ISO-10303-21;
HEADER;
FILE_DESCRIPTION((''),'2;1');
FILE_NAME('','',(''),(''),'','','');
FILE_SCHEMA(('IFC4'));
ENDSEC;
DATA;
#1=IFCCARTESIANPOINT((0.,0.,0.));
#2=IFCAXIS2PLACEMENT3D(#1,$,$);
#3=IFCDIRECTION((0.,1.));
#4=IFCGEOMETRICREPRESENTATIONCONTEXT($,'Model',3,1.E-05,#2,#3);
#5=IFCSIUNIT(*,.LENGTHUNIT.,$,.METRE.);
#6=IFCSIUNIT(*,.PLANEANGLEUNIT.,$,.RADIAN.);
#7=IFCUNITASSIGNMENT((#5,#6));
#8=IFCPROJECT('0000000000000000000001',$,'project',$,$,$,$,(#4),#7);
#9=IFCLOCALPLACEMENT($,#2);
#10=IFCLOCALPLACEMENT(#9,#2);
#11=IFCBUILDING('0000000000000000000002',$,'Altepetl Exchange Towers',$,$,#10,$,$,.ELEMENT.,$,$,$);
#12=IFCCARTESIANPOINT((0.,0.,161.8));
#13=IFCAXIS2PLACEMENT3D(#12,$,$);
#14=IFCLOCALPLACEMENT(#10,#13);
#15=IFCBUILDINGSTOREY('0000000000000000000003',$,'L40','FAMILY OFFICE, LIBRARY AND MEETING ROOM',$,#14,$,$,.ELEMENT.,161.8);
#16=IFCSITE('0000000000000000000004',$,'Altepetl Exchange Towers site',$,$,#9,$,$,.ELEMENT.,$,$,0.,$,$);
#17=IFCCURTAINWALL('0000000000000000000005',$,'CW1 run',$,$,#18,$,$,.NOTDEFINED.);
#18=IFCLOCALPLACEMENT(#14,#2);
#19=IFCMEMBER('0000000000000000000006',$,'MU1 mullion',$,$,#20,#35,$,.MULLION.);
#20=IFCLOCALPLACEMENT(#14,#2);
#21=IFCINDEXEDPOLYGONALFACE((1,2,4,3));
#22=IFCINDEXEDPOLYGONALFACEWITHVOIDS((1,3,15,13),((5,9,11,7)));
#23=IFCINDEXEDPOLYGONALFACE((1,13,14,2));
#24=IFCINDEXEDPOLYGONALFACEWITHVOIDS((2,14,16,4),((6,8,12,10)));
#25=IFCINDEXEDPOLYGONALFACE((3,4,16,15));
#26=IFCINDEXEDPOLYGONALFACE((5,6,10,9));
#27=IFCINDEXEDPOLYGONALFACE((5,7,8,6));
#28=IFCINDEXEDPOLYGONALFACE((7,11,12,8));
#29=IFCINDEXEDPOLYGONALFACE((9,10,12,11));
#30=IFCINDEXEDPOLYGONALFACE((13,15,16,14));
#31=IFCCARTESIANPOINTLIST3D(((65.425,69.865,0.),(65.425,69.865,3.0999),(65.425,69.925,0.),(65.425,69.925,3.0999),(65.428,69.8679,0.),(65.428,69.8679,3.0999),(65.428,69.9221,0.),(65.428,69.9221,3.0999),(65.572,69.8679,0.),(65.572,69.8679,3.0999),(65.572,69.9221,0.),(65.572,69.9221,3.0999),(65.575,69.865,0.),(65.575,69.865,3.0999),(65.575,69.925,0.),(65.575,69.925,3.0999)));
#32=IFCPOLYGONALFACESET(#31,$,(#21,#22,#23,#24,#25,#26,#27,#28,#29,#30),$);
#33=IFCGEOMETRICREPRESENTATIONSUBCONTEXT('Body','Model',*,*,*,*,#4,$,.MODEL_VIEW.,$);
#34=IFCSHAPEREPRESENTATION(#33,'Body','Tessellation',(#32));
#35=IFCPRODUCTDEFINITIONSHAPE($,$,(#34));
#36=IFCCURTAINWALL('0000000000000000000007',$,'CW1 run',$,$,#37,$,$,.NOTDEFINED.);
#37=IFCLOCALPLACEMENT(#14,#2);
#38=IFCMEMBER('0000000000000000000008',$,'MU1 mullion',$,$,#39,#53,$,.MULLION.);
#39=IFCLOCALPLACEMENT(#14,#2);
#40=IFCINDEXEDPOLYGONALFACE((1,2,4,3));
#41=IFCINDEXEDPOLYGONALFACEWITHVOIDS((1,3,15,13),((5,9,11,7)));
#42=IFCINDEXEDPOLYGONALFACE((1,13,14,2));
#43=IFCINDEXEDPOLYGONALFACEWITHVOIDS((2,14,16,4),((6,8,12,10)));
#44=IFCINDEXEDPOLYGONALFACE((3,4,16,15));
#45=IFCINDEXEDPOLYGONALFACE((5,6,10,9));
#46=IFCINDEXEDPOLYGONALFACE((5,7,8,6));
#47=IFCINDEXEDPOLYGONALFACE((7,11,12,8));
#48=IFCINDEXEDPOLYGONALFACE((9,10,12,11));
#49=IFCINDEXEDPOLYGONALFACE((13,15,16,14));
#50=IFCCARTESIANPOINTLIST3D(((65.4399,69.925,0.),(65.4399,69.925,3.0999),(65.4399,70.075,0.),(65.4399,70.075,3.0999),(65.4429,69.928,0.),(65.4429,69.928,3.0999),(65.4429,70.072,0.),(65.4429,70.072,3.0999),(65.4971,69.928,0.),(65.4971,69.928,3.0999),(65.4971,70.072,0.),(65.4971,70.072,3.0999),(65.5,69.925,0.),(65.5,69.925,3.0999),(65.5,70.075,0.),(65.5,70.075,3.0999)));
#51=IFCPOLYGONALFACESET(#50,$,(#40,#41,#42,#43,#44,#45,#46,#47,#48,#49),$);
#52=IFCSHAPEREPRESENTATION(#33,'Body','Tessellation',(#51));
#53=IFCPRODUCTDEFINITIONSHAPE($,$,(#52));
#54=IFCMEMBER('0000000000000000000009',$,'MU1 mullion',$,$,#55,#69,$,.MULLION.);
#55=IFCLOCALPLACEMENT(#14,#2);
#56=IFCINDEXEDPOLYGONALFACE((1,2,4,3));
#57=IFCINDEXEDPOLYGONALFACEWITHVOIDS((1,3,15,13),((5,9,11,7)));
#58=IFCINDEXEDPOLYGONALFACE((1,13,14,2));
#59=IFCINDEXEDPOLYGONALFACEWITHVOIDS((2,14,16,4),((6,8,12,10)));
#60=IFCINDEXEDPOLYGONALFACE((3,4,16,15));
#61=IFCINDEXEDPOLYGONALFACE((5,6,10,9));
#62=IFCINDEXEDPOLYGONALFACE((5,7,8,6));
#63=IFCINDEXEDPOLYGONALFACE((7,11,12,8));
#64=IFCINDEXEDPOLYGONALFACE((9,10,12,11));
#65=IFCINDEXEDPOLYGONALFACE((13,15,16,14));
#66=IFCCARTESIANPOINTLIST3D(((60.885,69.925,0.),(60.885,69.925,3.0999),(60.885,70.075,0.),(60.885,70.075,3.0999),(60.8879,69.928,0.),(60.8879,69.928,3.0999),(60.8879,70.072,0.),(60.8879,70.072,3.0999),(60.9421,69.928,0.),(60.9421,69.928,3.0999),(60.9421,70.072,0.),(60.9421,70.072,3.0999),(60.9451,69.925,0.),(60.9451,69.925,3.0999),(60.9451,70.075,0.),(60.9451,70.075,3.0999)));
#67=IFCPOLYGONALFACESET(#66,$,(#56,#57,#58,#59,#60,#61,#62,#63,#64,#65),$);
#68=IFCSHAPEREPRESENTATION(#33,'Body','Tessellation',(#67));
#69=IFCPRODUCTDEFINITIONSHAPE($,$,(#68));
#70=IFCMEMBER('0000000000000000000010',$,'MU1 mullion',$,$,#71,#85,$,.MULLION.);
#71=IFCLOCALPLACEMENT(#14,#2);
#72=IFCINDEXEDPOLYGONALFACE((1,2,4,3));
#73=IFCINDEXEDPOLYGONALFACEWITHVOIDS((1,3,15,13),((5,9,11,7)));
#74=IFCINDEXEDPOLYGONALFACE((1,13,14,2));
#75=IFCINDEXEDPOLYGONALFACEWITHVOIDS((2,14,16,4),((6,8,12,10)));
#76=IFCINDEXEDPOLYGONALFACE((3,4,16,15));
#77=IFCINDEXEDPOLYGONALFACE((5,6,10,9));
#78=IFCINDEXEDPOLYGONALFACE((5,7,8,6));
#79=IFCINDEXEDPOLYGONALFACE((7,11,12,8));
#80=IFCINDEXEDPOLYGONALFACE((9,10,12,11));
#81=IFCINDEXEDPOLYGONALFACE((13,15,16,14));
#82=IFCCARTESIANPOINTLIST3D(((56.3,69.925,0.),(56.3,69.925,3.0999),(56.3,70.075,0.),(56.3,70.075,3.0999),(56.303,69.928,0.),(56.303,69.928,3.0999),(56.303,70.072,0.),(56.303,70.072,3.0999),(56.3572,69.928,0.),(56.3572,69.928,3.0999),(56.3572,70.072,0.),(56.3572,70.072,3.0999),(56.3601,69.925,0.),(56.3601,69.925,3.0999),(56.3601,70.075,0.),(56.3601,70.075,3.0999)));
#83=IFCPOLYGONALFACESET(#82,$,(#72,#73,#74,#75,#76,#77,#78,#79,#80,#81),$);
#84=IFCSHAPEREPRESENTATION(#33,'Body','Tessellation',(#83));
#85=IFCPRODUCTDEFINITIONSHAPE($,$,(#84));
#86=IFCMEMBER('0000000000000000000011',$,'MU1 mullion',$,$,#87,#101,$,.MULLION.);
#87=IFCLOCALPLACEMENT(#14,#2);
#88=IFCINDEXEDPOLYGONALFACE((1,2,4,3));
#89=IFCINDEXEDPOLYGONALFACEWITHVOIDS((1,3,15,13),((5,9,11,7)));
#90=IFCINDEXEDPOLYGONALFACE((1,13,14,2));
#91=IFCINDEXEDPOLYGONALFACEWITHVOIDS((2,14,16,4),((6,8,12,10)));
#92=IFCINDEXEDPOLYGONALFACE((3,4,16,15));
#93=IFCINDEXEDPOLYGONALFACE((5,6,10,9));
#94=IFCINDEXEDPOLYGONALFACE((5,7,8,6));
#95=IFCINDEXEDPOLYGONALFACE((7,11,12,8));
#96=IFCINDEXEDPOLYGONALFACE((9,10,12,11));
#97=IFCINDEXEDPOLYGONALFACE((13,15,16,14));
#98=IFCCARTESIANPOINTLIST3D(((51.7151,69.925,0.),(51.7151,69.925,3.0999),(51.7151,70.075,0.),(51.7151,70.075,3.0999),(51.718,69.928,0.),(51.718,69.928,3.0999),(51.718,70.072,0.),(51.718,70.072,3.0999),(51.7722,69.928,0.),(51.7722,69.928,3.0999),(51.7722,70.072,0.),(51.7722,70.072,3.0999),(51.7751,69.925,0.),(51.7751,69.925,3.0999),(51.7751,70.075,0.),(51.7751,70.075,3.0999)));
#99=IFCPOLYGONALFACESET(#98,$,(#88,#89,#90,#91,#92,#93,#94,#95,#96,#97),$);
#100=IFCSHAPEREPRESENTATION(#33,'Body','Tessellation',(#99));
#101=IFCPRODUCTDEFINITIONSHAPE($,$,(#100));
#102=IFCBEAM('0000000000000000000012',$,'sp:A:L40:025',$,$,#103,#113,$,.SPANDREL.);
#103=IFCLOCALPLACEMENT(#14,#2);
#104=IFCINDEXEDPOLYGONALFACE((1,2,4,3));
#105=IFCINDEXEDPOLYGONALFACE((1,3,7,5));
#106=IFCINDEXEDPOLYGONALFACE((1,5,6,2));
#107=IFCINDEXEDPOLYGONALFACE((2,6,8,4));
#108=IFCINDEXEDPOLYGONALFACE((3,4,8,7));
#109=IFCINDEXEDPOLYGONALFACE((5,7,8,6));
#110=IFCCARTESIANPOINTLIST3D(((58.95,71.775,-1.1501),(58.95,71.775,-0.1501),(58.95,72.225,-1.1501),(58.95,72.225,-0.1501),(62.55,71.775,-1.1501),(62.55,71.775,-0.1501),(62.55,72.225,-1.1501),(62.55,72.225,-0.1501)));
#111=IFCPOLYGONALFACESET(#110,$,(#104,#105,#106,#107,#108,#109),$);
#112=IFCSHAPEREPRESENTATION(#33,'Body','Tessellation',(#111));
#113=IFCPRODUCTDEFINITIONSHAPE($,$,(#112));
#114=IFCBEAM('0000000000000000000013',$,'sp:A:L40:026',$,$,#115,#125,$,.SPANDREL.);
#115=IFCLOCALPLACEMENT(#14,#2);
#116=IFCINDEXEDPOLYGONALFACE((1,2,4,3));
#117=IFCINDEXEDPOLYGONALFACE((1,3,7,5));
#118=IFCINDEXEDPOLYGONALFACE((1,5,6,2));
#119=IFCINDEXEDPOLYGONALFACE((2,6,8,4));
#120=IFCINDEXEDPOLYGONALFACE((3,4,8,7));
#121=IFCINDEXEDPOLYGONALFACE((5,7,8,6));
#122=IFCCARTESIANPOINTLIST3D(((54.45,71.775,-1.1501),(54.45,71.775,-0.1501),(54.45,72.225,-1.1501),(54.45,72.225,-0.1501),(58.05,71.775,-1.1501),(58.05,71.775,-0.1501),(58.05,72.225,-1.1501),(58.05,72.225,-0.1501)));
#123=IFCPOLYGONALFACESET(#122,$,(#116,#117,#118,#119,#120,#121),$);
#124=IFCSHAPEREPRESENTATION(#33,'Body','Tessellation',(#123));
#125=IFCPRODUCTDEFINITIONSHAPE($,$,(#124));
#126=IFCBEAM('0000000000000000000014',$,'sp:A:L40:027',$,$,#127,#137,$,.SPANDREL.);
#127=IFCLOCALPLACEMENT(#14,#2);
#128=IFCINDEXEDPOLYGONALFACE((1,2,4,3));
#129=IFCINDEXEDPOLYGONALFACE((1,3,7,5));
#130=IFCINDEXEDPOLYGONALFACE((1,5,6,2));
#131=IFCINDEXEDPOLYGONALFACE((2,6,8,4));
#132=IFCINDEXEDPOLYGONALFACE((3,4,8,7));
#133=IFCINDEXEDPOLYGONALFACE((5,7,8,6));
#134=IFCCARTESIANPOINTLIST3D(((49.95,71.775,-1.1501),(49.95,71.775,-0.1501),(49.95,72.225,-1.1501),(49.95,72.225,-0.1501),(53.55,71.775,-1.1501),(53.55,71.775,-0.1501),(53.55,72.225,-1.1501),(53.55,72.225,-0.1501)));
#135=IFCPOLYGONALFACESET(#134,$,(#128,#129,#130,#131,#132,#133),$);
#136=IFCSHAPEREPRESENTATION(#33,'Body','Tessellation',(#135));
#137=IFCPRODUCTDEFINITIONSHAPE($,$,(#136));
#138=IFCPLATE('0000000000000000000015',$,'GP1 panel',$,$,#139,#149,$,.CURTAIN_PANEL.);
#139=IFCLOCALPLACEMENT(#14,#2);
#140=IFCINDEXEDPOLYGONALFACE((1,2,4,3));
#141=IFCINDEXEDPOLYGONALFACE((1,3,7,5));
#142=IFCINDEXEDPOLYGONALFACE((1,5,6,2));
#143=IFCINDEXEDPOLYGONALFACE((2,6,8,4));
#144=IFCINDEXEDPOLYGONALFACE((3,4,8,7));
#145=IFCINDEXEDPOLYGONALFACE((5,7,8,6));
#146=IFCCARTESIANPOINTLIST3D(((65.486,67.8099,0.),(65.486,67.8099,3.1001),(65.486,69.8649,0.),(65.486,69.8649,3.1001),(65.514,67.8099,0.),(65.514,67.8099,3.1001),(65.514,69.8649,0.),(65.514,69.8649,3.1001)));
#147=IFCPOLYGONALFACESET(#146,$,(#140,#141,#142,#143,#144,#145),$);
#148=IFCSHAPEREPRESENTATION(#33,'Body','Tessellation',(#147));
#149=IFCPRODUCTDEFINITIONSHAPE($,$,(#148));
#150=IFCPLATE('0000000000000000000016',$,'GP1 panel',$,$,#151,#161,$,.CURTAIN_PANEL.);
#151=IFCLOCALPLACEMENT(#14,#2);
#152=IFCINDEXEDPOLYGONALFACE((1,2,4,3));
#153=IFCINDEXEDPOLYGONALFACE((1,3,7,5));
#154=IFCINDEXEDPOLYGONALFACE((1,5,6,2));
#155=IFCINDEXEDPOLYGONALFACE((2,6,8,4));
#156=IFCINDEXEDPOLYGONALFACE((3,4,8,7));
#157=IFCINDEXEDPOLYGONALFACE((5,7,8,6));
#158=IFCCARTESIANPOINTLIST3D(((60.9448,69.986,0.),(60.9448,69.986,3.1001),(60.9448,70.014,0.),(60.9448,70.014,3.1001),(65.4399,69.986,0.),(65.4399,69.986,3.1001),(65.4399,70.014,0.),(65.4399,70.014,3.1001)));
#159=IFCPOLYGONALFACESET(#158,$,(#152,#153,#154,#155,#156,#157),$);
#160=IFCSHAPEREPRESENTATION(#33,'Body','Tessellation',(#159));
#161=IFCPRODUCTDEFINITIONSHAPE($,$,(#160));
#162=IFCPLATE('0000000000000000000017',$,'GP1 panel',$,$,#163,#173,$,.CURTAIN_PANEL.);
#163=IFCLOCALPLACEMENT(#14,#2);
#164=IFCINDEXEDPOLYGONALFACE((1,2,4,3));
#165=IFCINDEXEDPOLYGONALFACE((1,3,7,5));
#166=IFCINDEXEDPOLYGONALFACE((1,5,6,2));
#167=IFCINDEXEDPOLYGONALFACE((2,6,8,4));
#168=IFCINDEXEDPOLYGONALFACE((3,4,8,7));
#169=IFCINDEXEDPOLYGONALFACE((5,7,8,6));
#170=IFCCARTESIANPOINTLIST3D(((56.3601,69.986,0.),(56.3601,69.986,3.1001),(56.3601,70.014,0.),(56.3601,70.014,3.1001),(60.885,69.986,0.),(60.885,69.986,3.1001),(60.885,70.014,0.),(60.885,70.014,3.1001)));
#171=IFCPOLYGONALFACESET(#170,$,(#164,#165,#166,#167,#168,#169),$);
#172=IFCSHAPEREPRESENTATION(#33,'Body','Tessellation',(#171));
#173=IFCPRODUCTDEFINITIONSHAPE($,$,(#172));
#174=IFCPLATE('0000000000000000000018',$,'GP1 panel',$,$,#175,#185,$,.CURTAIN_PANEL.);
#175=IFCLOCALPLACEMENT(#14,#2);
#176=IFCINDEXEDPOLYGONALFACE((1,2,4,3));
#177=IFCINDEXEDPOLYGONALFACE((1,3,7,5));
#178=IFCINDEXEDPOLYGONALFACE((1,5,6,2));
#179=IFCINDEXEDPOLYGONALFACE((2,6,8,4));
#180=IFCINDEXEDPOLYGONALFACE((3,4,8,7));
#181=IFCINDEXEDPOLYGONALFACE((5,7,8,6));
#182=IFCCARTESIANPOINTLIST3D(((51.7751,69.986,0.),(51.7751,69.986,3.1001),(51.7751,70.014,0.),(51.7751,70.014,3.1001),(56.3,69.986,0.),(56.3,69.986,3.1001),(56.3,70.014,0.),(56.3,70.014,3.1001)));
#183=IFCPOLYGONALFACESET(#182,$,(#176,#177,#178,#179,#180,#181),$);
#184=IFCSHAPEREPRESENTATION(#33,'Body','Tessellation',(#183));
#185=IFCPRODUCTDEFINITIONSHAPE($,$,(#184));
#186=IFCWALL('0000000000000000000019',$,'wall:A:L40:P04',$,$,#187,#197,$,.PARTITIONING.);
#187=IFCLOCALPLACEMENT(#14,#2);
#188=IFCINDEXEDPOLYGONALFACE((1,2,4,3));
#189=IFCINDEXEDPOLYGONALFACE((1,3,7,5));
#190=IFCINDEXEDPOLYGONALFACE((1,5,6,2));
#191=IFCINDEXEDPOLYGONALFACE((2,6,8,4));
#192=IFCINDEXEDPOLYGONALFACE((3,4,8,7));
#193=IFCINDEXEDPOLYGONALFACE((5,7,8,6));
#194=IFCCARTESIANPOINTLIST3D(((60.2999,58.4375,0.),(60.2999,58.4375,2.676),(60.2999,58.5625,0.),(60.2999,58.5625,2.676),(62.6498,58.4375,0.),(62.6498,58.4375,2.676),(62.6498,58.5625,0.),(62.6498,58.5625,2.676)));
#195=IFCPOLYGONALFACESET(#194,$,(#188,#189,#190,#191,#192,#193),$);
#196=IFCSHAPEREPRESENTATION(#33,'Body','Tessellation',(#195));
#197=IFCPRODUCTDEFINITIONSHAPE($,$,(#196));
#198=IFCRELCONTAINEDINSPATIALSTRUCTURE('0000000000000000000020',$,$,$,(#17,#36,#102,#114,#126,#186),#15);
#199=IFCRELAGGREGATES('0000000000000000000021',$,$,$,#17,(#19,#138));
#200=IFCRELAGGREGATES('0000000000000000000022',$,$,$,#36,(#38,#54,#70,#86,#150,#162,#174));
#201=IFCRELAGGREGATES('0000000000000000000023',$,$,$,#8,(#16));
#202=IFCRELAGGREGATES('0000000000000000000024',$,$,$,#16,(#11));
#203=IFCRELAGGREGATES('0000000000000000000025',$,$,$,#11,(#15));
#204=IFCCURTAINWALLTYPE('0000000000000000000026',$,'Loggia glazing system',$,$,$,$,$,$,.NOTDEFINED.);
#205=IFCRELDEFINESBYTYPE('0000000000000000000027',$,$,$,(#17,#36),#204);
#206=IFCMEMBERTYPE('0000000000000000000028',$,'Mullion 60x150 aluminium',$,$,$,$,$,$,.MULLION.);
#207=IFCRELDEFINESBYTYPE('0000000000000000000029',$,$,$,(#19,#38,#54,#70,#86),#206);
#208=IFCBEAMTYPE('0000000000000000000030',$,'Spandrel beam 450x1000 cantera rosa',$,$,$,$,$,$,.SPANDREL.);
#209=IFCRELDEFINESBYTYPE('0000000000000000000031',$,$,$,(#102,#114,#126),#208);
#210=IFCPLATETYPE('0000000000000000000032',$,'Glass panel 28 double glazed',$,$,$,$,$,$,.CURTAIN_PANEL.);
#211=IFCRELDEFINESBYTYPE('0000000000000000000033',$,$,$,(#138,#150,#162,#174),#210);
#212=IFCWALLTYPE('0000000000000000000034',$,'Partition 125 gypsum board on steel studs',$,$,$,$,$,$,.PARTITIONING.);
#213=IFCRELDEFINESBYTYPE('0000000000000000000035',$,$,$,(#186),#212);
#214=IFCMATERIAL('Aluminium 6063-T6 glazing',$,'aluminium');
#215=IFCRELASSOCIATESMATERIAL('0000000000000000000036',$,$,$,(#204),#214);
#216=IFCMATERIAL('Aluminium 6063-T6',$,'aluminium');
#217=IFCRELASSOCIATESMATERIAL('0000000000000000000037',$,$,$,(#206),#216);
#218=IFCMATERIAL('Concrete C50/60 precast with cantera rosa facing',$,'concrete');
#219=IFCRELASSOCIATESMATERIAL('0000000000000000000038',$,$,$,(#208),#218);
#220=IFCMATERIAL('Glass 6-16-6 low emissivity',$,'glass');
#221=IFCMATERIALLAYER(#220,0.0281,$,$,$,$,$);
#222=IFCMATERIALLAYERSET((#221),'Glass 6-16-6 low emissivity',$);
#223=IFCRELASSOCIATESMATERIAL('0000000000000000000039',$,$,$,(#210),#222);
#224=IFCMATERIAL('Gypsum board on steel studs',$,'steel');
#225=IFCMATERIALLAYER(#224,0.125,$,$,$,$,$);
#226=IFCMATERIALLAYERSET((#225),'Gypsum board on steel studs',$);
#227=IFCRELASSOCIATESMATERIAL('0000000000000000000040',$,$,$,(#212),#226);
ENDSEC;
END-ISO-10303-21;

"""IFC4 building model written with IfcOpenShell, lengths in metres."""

from ifc_helpers import new_model, si_unit, direction, frame, frame_2d, origin, origin_2d, place, context, subcontext, project, spatial, rectangle, hollow_rectangle, extrude, material, layer, layer_set, material_profile, profile_set, type_object, element, aggregate, save


model = new_model("IFC4")

# Units and contexts
model_context = context("Model", 3, precision=1e-05, world=origin(), true_north=direction((0.0, 1.0)))
body_context = subcontext(model_context, "Body", "Model", "MODEL_VIEW")
ifc_project = project(units=[si_unit("LENGTHUNIT", "METRE"), si_unit("PLANEANGLEUNIT", "RADIAN")], contexts=[model_context])

# Site, building, storey
site_placement = place(None, origin())
site = spatial("IfcSite", under=ifc_project, at=site_placement, Name="Altepetl Exchange Towers site", CompositionType="ELEMENT", RefElevation=0.0)
building_placement = place(site_placement, origin())
building = spatial("IfcBuilding", under=site, at=building_placement, Name="Altepetl Exchange Towers", CompositionType="ELEMENT")
storey_placement = place(building_placement, frame((0.0, 0.0, 161.8)))
storey = spatial("IfcBuildingStorey", under=building, at=storey_placement, Name="L40", Description="FAMILY OFFICE, LIBRARY AND MEETING ROOM", CompositionType="ELEMENT", Elevation=161.8)

# Shared definitions
ifc_material_1 = material(Name="Aluminium 6063-T6 glazing", Category="aluminium")
curtain_wall_type = type_object("IfcCurtainWallType", Name="Loggia glazing system", PredefinedType="NOTDEFINED", material=ifc_material_1)
ifc_material_2 = material(Name="Aluminium 6063-T6", Category="aluminium")
ifc_material_profile_1 = material_profile(ifc_material_2, hollow_rectangle(XDim=0.0601, YDim=0.1499, WallThickness=0.0029, at=origin_2d()), Name="Mullion 60x150 aluminium")
ifc_profile_set_1 = profile_set([ifc_material_profile_1], Name="Aluminium 6063-T6")
member_type = type_object("IfcMemberType", Name="Mullion 60x150 aluminium", PredefinedType="MULLION", material=ifc_profile_set_1)

# Curtain walls, members
curtain_wall_1_placement = place(storey_placement, origin())
curtain_wall_1 = element("IfcCurtainWall", 1, at=curtain_wall_1_placement, inside=storey, type_object=curtain_wall_type, Name="CW1 run", PredefinedType="NOTDEFINED")
member_1_placement = place(storey_placement, frame((65.5, 69.895, 0.0), z_axis=(0.0, 0.0, 1.0), x_axis=(0.0, 1.0, 0.0)))
member_1 = element("IfcMember", 2, at=member_1_placement, type_object=member_type, Name="MU1 mullion", PredefinedType="MULLION", context=body_context, shape_type="SweptSolid", body=[
    extrude(hollow_rectangle(XDim=0.0601, YDim=0.1499, WallThickness=0.0029, at=origin_2d()), origin(), (0.0, 0.0, 1.0), 3.0999),
])
curtain_wall_2_placement = place(storey_placement, origin())
curtain_wall_2 = element("IfcCurtainWall", 3, at=curtain_wall_2_placement, inside=storey, type_object=curtain_wall_type, Name="CW1 run", PredefinedType="NOTDEFINED")
member_2_placement = place(storey_placement, frame((65.47, 70.0, 0.0), z_axis=(0.0, 0.0, 1.0), x_axis=(-1.0, 0.0, 0.0)))
member_2 = element("IfcMember", 4, at=member_2_placement, type_object=member_type, Name="MU1 mullion", PredefinedType="MULLION", context=body_context, shape_type="SweptSolid", body=[
    extrude(hollow_rectangle(XDim=0.0601, YDim=0.1499, WallThickness=0.0029, at=origin_2d()), origin(), (0.0, 0.0, 1.0), 3.0999),
])
member_3_placement = place(storey_placement, frame((60.915, 70.0, 0.0), z_axis=(0.0, 0.0, 1.0), x_axis=(-1.0, 0.0, 0.0)))
member_3 = element("IfcMember", 5, at=member_3_placement, type_object=member_type, Name="MU1 mullion", PredefinedType="MULLION", context=body_context, shape_type="SweptSolid", body=[
    extrude(hollow_rectangle(XDim=0.0601, YDim=0.1499, WallThickness=0.0029, at=origin_2d()), origin(), (0.0, 0.0, 1.0), 3.0999),
])
member_4_placement = place(storey_placement, frame((56.3301, 70.0, 0.0), z_axis=(0.0, 0.0, 1.0), x_axis=(-1.0, 0.0, 0.0)))
member_4 = element("IfcMember", 6, at=member_4_placement, type_object=member_type, Name="MU1 mullion", PredefinedType="MULLION", context=body_context, shape_type="SweptSolid", body=[
    extrude(hollow_rectangle(XDim=0.0601, YDim=0.1499, WallThickness=0.0029, at=origin_2d()), origin(), (0.0, 0.0, 1.0), 3.0999),
])
member_5_placement = place(storey_placement, frame((51.7451, 70.0, 0.0), z_axis=(0.0, 0.0, 1.0), x_axis=(-1.0, 0.0, 0.0)))
member_5 = element("IfcMember", 7, at=member_5_placement, type_object=member_type, Name="MU1 mullion", PredefinedType="MULLION", context=body_context, shape_type="SweptSolid", body=[
    extrude(hollow_rectangle(XDim=0.0601, YDim=0.1499, WallThickness=0.0029, at=origin_2d()), origin(), (0.0, 0.0, 1.0), 3.0999),
])

# Beams
ifc_material_3 = material(Name="Concrete C50/60 precast with cantera rosa facing", Category="concrete")
ifc_material_profile_2 = material_profile(ifc_material_3, rectangle(XDim=0.45, YDim=1.0, at=origin_2d()), Name="450 x 1000")
ifc_profile_set_2 = profile_set([ifc_material_profile_2], Name="Concrete C50/60 precast with cantera rosa facing")
beam_type_1 = type_object("IfcBeamType", Name="Spandrel beam 450x1000 cantera rosa", PredefinedType="SPANDREL", material=ifc_profile_set_2)
for number, where, z_axis, x_axis, name in (
    (8, (62.55, 72.0, -0.6501), (-1.0, 0.0, 0.0), (0.0, -1.0, 0.0), "sp:A:L40:025"),
    (9, (58.05, 72.0, -0.6501), (-1.0, 0.0, 0.0), (0.0, -1.0, 0.0), "sp:A:L40:026"),
    (10, (53.55, 72.0, -0.6501), (-1.0, 0.0, 0.0), (0.0, -1.0, 0.0), "sp:A:L40:027"),
):
    element("IfcBeam", number, at=place(storey_placement, frame(where, z_axis=z_axis, x_axis=x_axis)), inside=storey, type_object=beam_type_1, Name=name, PredefinedType="SPANDREL", context=body_context, shape_type="SweptSolid", body=[
        extrude(rectangle(XDim=0.45, YDim=1.0, at=origin_2d()), origin(), (0.0, 0.0, 1.0), 3.6001),
    ])

# Plates
ifc_material_4 = material(Name="Glass 6-16-6 low emissivity", Category="glass")
ifc_layer_1 = layer(ifc_material_4, 0.0281)
ifc_layer_set_1 = layer_set([ifc_layer_1], Name="Glass 6-16-6 low emissivity")
plate_type = type_object("IfcPlateType", Name="Glass panel 28 double glazed", PredefinedType="CURTAIN_PANEL", material=ifc_layer_set_1)
plate_1_placement = place(storey_placement, frame((65.5, 68.8374, 0.0), z_axis=(0.0, 0.0, 1.0), x_axis=(0.0, 1.0, 0.0)))
plate_1 = element("IfcPlate", 11, at=plate_1_placement, type_object=plate_type, Name="GP1 panel", PredefinedType="CURTAIN_PANEL", context=body_context, shape_type="SweptSolid", body=[
    extrude(rectangle(XDim=2.0549, YDim=0.0281, at=origin_2d()), origin(), (0.0, 0.0, 1.0), 3.1001),
])
aggregate(curtain_wall_1, [member_1, plate_1])
plate_2_placement = place(storey_placement, frame((63.1924, 70.0, 0.0), z_axis=(0.0, 0.0, 1.0), x_axis=(-1.0, 0.0, 0.0)))
plate_2 = element("IfcPlate", 12, at=plate_2_placement, type_object=plate_type, Name="GP1 panel", PredefinedType="CURTAIN_PANEL", context=body_context, shape_type="SweptSolid", body=[
    extrude(rectangle(XDim=4.4951, YDim=0.0281, at=origin_2d()), origin(), (0.0, 0.0, 1.0), 3.1001),
])
plate_3_placement = place(storey_placement, frame((58.6226, 70.0, 0.0), z_axis=(0.0, 0.0, 1.0), x_axis=(-1.0, 0.0, 0.0)))
plate_3 = element("IfcPlate", 13, at=plate_3_placement, type_object=plate_type, Name="GP1 panel", PredefinedType="CURTAIN_PANEL", context=body_context, shape_type="SweptSolid", body=[
    extrude(rectangle(XDim=4.5249, YDim=0.0281, at=origin_2d()), origin(), (0.0, 0.0, 1.0), 3.1001),
])
plate_4_placement = place(storey_placement, frame((54.0376, 70.0, 0.0), z_axis=(0.0, 0.0, 1.0), x_axis=(-1.0, 0.0, 0.0)))
plate_4 = element("IfcPlate", 14, at=plate_4_placement, type_object=plate_type, Name="GP1 panel", PredefinedType="CURTAIN_PANEL", context=body_context, shape_type="SweptSolid", body=[
    extrude(rectangle(XDim=4.5249, YDim=0.0281, at=origin_2d()), origin(), (0.0, 0.0, 1.0), 3.1001),
])
aggregate(curtain_wall_2, [member_2, member_3, member_4, member_5, plate_2, plate_3, plate_4])

# Wall
ifc_material_5 = material(Name="Gypsum board on steel studs", Category="steel")
ifc_layer_2 = layer(ifc_material_5, 0.125)
ifc_layer_set_2 = layer_set([ifc_layer_2], Name="Gypsum board on steel studs")
wall_type = type_object("IfcWallType", Name="Partition 125 gypsum board on steel studs", PredefinedType="PARTITIONING", material=ifc_layer_set_2)
wall_1_placement = place(storey_placement, frame((60.3, 58.5, 0.0)))
element("IfcWall", 15, at=wall_1_placement, inside=storey, type_object=wall_type, Name="wall:A:L40:P04", PredefinedType="PARTITIONING", context=body_context, shape_type="SweptSolid", body=[
    extrude(rectangle(XDim=2.3499, YDim=0.125, at=frame_2d((1.1748, 0.0))), origin(), (0.0, 0.0, 1.0), 2.676),
])

save(model, "model.ifc")
